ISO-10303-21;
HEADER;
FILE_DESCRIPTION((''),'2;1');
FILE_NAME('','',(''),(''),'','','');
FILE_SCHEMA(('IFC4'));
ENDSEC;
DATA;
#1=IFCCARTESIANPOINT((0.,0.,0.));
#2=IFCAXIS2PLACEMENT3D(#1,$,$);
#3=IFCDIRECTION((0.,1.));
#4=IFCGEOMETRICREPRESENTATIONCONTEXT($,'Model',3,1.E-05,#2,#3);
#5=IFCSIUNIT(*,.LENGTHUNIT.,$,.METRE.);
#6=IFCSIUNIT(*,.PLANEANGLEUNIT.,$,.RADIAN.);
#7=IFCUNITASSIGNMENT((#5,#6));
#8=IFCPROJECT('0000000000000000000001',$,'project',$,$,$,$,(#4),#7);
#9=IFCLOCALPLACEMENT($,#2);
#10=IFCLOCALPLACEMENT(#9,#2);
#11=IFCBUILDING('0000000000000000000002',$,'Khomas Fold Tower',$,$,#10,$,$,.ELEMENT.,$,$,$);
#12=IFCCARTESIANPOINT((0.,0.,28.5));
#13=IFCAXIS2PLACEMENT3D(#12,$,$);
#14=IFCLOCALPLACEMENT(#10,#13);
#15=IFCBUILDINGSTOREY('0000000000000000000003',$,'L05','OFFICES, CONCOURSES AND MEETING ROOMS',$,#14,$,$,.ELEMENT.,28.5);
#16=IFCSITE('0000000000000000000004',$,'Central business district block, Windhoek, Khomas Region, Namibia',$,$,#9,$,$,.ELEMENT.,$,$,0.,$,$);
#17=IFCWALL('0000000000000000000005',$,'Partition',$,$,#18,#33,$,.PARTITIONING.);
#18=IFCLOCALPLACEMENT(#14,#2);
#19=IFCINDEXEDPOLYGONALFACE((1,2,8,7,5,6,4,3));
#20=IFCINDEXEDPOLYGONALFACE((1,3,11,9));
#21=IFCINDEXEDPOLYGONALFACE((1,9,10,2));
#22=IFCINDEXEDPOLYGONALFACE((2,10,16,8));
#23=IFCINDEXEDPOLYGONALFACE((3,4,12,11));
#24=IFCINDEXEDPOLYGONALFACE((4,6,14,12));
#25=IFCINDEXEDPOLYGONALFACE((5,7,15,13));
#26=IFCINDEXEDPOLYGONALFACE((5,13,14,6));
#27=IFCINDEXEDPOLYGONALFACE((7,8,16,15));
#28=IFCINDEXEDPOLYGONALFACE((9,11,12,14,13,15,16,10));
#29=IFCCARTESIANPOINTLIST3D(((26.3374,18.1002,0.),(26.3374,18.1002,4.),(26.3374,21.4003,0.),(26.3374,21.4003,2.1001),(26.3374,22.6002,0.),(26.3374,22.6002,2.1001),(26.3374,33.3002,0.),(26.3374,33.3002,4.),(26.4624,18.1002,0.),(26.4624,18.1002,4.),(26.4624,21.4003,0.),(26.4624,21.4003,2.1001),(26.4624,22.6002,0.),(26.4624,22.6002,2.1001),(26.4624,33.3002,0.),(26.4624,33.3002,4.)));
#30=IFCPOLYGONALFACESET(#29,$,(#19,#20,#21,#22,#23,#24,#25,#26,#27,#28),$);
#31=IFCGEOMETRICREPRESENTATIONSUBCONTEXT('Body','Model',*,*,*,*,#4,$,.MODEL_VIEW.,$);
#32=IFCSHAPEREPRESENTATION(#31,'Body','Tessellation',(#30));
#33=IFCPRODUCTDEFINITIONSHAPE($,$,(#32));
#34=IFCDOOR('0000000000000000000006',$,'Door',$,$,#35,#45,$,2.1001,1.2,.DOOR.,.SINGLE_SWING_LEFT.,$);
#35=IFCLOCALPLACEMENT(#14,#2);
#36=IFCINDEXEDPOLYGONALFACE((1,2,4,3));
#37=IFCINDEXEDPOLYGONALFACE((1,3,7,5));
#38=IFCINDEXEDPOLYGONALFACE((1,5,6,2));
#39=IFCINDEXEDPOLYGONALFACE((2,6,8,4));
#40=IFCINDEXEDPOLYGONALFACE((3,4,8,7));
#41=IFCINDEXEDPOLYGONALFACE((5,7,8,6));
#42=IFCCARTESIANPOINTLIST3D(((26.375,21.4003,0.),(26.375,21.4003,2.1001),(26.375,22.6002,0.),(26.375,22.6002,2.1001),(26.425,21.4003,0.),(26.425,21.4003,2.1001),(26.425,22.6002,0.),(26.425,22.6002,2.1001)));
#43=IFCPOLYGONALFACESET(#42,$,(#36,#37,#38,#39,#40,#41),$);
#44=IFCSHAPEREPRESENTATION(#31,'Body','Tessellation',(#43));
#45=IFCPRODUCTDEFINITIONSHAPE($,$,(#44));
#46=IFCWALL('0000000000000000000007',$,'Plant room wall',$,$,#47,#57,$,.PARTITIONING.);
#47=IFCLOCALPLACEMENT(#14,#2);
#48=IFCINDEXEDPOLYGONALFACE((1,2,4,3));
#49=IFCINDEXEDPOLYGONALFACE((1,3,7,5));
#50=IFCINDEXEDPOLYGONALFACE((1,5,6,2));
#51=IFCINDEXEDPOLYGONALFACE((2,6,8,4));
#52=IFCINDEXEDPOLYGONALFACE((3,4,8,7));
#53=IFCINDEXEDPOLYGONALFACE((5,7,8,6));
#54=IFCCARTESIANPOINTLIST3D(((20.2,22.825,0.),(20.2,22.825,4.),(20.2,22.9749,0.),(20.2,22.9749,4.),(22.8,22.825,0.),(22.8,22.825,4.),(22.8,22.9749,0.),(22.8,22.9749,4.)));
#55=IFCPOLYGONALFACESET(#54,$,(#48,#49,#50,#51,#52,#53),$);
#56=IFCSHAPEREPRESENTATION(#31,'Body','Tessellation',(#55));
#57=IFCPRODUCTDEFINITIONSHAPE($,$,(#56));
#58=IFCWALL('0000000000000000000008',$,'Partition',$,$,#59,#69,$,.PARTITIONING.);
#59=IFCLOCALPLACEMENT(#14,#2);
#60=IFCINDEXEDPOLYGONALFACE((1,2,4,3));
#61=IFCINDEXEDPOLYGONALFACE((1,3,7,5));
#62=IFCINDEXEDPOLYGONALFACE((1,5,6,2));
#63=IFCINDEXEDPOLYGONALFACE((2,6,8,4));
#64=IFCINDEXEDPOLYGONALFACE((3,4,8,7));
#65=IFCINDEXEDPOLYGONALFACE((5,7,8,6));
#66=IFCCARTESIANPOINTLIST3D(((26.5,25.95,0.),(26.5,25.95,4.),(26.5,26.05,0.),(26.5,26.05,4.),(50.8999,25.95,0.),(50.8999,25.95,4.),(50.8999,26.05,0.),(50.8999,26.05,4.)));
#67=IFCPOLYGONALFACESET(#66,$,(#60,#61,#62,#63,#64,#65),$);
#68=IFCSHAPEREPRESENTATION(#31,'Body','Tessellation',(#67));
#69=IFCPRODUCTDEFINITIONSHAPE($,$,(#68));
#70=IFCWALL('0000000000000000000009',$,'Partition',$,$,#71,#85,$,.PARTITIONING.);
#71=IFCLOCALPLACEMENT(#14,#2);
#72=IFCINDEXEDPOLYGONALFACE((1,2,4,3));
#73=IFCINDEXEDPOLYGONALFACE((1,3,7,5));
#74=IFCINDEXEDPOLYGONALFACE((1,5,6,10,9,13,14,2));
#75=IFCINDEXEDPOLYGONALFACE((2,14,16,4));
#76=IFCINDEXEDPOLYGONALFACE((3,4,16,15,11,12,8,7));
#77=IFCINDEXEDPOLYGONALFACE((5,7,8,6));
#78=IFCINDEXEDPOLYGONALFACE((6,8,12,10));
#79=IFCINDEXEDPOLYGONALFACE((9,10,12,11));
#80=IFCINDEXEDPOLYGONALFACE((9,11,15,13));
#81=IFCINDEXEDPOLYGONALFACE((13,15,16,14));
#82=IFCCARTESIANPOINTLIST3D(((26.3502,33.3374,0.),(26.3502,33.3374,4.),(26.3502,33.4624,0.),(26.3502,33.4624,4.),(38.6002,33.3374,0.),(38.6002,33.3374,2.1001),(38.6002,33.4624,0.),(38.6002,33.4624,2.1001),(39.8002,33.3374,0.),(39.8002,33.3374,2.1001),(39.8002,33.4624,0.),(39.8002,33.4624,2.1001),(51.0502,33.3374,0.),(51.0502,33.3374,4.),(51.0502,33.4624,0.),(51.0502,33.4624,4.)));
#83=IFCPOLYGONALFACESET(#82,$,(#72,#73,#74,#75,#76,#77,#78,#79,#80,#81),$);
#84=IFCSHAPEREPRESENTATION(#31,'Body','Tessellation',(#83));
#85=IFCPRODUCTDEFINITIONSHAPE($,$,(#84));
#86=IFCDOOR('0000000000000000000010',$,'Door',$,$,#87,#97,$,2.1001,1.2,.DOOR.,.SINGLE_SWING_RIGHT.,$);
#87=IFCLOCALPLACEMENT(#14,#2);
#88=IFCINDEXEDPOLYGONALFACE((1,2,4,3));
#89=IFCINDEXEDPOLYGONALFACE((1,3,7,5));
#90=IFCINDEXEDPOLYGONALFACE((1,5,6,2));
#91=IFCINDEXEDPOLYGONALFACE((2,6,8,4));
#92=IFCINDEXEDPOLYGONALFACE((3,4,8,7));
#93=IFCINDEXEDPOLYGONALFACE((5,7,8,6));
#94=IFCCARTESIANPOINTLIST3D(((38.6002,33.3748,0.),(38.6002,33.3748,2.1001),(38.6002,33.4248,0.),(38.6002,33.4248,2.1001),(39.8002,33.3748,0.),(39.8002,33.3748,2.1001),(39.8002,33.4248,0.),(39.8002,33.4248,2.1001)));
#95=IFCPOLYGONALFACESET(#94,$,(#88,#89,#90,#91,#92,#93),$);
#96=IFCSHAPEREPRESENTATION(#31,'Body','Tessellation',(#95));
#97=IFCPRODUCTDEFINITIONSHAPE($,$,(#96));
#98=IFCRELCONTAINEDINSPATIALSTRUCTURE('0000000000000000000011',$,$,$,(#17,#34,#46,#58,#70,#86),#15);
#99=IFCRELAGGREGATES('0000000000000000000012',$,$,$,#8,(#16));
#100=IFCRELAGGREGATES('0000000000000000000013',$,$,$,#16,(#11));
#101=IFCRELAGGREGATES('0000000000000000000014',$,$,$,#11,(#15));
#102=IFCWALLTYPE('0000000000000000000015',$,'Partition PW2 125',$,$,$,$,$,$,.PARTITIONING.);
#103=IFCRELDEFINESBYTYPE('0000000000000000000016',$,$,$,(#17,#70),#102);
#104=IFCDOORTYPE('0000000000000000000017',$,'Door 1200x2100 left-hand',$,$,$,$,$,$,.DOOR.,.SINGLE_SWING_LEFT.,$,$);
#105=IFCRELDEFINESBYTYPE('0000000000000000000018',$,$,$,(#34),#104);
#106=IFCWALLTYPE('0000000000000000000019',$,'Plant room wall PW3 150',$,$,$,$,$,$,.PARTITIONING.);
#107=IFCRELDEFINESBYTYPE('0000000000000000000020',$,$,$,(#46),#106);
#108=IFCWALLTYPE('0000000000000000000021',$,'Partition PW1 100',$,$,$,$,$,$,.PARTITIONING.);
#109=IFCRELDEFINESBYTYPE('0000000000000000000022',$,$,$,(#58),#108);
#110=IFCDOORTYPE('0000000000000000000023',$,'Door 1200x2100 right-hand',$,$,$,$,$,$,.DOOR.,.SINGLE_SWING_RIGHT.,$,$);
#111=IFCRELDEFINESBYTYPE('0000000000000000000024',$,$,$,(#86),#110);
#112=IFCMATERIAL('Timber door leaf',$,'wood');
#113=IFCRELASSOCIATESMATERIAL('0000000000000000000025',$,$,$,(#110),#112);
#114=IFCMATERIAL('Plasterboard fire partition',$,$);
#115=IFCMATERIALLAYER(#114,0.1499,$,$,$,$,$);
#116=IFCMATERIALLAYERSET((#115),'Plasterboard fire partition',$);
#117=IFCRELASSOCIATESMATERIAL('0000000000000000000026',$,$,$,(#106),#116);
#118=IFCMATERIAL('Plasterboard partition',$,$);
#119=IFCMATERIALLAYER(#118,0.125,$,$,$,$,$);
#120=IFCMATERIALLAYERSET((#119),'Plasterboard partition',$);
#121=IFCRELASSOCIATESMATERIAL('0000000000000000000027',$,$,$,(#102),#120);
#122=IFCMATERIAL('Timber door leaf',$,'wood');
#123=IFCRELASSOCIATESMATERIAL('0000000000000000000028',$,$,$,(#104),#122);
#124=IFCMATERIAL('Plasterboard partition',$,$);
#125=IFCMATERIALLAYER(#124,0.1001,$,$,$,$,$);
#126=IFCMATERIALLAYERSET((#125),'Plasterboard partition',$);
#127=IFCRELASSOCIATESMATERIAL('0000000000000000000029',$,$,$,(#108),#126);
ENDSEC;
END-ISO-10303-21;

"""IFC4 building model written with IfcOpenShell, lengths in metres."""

from ifc_helpers import new_model, si_unit, direction, frame, frame_2d, origin, place, context, subcontext, project, spatial, rectangle, extrude, source, transform, mapped, material, layer, layer_set, type_object, element, fill, save


model = new_model("IFC4")

# Units and contexts
model_context = context("Model", 3, precision=1e-05, world=origin(), true_north=direction((0.0, 1.0)))
body_context = subcontext(model_context, "Body", "Model", "MODEL_VIEW")
ifc_project = project(units=[si_unit("LENGTHUNIT", "METRE"), si_unit("PLANEANGLEUNIT", "RADIAN")], contexts=[model_context])

# Site, building, storey
site_placement = place(None, origin())
site = spatial("IfcSite", under=ifc_project, at=site_placement, Name="Central business district block, Windhoek, Khomas Region, Namibia", CompositionType="ELEMENT", RefElevation=0.0)
building_placement = place(site_placement, origin())
building = spatial("IfcBuilding", under=site, at=building_placement, Name="Khomas Fold Tower", CompositionType="ELEMENT")
storey_placement = place(building_placement, frame((0.0, 0.0, 28.5)))
storey = spatial("IfcBuildingStorey", under=building, at=storey_placement, Name="L05", Description="OFFICES, CONCOURSES AND MEETING ROOMS", CompositionType="ELEMENT", Elevation=28.5)

# Shared definitions
ifc_material_1 = material(Name="Timber door leaf", Category="wood")
door_type_1 = type_object("IfcDoorType", Name="Door 1200x2100 right-hand", OperationType="SINGLE_SWING_RIGHT", PredefinedType="DOOR", material=ifc_material_1)

# Shared definitions
ifc_material_2 = material(Name="Plasterboard fire partition")
ifc_layer_1 = layer(ifc_material_2, 0.1499)
ifc_layer_set_1 = layer_set([ifc_layer_1], Name="Plasterboard fire partition")
wall_type_1 = type_object("IfcWallType", Name="Plant room wall PW3 150", PredefinedType="PARTITIONING", material=ifc_layer_set_1)

# Wall, opening, door
ifc_material_3 = material(Name="Plasterboard partition")
ifc_layer_2 = layer(ifc_material_3, 0.125)
ifc_layer_set_2 = layer_set([ifc_layer_2], Name="Plasterboard partition")
wall_type_2 = type_object("IfcWallType", Name="Partition PW2 125", PredefinedType="PARTITIONING", material=ifc_layer_set_2)
shared_shape_1 = source(origin(), body_context, "Body", "SweptSolid", [
    extrude(rectangle(XDim=15.2, YDim=0.125, at=frame_2d((7.6001, 0.0))), origin(), (0.0, 0.0, 1.0), 4.0),
])
wall_1_placement = place(storey_placement, frame((26.3999, 18.1001, 0.0), z_axis=(0.0, 0.0, 1.0), x_axis=(0.0, 1.0, 0.0)))
wall_1 = element("IfcWall", 1, at=wall_1_placement, inside=storey, type_object=wall_type_2, Name="Partition", PredefinedType="PARTITIONING", context=body_context, shape_type="MappedRepresentation", body=[
    mapped(shared_shape_1, transform((0.0, 0.0, 0.0))),
])
shared_shape_2 = source(origin(), body_context, "Body", "SweptSolid", [
    extrude(rectangle(XDim=1.2, YDim=2.1001, at=frame_2d((0.6001, 1.05))), frame((0.0, 0.0725, 0.0), z_axis=(0.0, -1.0, 0.0), x_axis=(1.0, 0.0, 0.0)), (0.0, 0.0, 1.0), 0.145),
])
opening_1_placement = place(wall_1_placement, frame((3.3, 0.0, 0.0)))
opening_1 = element("IfcOpeningElement", 2, at=opening_1_placement, cuts=wall_1, PredefinedType="OPENING", context=body_context, shape_type="MappedRepresentation", body=[
    mapped(shared_shape_2, transform((0.0, 0.0, 0.0))),
])
ifc_material_4 = material(Name="Timber door leaf", Category="wood")
door_type_2 = type_object("IfcDoorType", Name="Door 1200x2100 left-hand", OperationType="SINGLE_SWING_LEFT", PredefinedType="DOOR", material=ifc_material_4)
shared_shape_3 = source(origin(), body_context, "Body", "SweptSolid", [
    extrude(rectangle(XDim=1.2, YDim=2.1001, at=frame_2d((0.6001, 1.05))), frame((0.0, 0.0249, 0.0), z_axis=(0.0, -1.0, 0.0), x_axis=(1.0, 0.0, 0.0)), (0.0, 0.0, 1.0), 0.05),
])
door_1_placement = place(opening_1_placement, origin())
door_1 = element("IfcDoor", 3, at=door_1_placement, inside=storey, type_object=door_type_2, Name="Door", OperationType="SINGLE_SWING_LEFT", OverallHeight=2.1001, OverallWidth=1.2, PredefinedType="DOOR", context=body_context, shape_type="MappedRepresentation", body=[
    mapped(shared_shape_3, transform((0.0, 0.0, 0.0))),
])
fill(opening_1, door_1)

# Walls
shared_shape_4 = source(origin(), body_context, "Body", "SweptSolid", [
    extrude(rectangle(XDim=2.6001, YDim=0.1499, at=frame_2d((1.3, 0.0))), origin(), (0.0, 0.0, 1.0), 4.0),
])
wall_2_placement = place(storey_placement, frame((20.2, 22.8999, 0.0), z_axis=(0.0, 0.0, 1.0), x_axis=(1.0, 0.0, 0.0)))
element("IfcWall", 4, at=wall_2_placement, inside=storey, type_object=wall_type_1, Name="Plant room wall", PredefinedType="PARTITIONING", context=body_context, shape_type="MappedRepresentation", body=[
    mapped(shared_shape_4, transform((0.0, 0.0, 0.0))),
])
ifc_material_5 = material(Name="Plasterboard partition")
ifc_layer_3 = layer(ifc_material_5, 0.1001)
ifc_layer_set_3 = layer_set([ifc_layer_3], Name="Plasterboard partition")
wall_type_3 = type_object("IfcWallType", Name="Partition PW1 100", PredefinedType="PARTITIONING", material=ifc_layer_set_3)
shared_shape_5 = source(origin(), body_context, "Body", "SweptSolid", [
    extrude(rectangle(XDim=24.3999, YDim=0.1001, at=frame_2d((12.2, 0.0))), origin(), (0.0, 0.0, 1.0), 4.0),
])
wall_3_placement = place(storey_placement, frame((26.5, 26.0, 0.0), z_axis=(0.0, 0.0, 1.0), x_axis=(1.0, 0.0, 0.0)))
element("IfcWall", 5, at=wall_3_placement, inside=storey, type_object=wall_type_3, Name="Partition", PredefinedType="PARTITIONING", context=body_context, shape_type="MappedRepresentation", body=[
    mapped(shared_shape_5, transform((0.0, 0.0, 0.0))),
])

# Wall, opening, door
shared_shape_6 = source(origin(), body_context, "Body", "SweptSolid", [
    extrude(rectangle(XDim=24.7, YDim=0.125, at=frame_2d((12.3501, 0.0))), origin(), (0.0, 0.0, 1.0), 4.0),
])
wall_4_placement = place(storey_placement, frame((26.3501, 33.3999, 0.0), z_axis=(0.0, 0.0, 1.0), x_axis=(1.0, 0.0, 0.0)))
wall_4 = element("IfcWall", 6, at=wall_4_placement, inside=storey, type_object=wall_type_2, Name="Partition", PredefinedType="PARTITIONING", context=body_context, shape_type="MappedRepresentation", body=[
    mapped(shared_shape_6, transform((0.0, 0.0, 0.0))),
])
opening_2_placement = place(wall_4_placement, frame((12.25, 0.0, 0.0)))
opening_2 = element("IfcOpeningElement", 7, at=opening_2_placement, cuts=wall_4, PredefinedType="OPENING", context=body_context, shape_type="MappedRepresentation", body=[
    mapped(shared_shape_2, transform((0.0, 0.0, 0.0))),
])
door_2_placement = place(opening_2_placement, origin())
door_2 = element("IfcDoor", 8, at=door_2_placement, inside=storey, type_object=door_type_1, Name="Door", OperationType="SINGLE_SWING_RIGHT", OverallHeight=2.1001, OverallWidth=1.2, PredefinedType="DOOR", context=body_context, shape_type="MappedRepresentation", body=[
    mapped(shared_shape_3, transform((0.0, 0.0, 0.0))),
])
fill(opening_2, door_2)

save(model, "model.ifc")
